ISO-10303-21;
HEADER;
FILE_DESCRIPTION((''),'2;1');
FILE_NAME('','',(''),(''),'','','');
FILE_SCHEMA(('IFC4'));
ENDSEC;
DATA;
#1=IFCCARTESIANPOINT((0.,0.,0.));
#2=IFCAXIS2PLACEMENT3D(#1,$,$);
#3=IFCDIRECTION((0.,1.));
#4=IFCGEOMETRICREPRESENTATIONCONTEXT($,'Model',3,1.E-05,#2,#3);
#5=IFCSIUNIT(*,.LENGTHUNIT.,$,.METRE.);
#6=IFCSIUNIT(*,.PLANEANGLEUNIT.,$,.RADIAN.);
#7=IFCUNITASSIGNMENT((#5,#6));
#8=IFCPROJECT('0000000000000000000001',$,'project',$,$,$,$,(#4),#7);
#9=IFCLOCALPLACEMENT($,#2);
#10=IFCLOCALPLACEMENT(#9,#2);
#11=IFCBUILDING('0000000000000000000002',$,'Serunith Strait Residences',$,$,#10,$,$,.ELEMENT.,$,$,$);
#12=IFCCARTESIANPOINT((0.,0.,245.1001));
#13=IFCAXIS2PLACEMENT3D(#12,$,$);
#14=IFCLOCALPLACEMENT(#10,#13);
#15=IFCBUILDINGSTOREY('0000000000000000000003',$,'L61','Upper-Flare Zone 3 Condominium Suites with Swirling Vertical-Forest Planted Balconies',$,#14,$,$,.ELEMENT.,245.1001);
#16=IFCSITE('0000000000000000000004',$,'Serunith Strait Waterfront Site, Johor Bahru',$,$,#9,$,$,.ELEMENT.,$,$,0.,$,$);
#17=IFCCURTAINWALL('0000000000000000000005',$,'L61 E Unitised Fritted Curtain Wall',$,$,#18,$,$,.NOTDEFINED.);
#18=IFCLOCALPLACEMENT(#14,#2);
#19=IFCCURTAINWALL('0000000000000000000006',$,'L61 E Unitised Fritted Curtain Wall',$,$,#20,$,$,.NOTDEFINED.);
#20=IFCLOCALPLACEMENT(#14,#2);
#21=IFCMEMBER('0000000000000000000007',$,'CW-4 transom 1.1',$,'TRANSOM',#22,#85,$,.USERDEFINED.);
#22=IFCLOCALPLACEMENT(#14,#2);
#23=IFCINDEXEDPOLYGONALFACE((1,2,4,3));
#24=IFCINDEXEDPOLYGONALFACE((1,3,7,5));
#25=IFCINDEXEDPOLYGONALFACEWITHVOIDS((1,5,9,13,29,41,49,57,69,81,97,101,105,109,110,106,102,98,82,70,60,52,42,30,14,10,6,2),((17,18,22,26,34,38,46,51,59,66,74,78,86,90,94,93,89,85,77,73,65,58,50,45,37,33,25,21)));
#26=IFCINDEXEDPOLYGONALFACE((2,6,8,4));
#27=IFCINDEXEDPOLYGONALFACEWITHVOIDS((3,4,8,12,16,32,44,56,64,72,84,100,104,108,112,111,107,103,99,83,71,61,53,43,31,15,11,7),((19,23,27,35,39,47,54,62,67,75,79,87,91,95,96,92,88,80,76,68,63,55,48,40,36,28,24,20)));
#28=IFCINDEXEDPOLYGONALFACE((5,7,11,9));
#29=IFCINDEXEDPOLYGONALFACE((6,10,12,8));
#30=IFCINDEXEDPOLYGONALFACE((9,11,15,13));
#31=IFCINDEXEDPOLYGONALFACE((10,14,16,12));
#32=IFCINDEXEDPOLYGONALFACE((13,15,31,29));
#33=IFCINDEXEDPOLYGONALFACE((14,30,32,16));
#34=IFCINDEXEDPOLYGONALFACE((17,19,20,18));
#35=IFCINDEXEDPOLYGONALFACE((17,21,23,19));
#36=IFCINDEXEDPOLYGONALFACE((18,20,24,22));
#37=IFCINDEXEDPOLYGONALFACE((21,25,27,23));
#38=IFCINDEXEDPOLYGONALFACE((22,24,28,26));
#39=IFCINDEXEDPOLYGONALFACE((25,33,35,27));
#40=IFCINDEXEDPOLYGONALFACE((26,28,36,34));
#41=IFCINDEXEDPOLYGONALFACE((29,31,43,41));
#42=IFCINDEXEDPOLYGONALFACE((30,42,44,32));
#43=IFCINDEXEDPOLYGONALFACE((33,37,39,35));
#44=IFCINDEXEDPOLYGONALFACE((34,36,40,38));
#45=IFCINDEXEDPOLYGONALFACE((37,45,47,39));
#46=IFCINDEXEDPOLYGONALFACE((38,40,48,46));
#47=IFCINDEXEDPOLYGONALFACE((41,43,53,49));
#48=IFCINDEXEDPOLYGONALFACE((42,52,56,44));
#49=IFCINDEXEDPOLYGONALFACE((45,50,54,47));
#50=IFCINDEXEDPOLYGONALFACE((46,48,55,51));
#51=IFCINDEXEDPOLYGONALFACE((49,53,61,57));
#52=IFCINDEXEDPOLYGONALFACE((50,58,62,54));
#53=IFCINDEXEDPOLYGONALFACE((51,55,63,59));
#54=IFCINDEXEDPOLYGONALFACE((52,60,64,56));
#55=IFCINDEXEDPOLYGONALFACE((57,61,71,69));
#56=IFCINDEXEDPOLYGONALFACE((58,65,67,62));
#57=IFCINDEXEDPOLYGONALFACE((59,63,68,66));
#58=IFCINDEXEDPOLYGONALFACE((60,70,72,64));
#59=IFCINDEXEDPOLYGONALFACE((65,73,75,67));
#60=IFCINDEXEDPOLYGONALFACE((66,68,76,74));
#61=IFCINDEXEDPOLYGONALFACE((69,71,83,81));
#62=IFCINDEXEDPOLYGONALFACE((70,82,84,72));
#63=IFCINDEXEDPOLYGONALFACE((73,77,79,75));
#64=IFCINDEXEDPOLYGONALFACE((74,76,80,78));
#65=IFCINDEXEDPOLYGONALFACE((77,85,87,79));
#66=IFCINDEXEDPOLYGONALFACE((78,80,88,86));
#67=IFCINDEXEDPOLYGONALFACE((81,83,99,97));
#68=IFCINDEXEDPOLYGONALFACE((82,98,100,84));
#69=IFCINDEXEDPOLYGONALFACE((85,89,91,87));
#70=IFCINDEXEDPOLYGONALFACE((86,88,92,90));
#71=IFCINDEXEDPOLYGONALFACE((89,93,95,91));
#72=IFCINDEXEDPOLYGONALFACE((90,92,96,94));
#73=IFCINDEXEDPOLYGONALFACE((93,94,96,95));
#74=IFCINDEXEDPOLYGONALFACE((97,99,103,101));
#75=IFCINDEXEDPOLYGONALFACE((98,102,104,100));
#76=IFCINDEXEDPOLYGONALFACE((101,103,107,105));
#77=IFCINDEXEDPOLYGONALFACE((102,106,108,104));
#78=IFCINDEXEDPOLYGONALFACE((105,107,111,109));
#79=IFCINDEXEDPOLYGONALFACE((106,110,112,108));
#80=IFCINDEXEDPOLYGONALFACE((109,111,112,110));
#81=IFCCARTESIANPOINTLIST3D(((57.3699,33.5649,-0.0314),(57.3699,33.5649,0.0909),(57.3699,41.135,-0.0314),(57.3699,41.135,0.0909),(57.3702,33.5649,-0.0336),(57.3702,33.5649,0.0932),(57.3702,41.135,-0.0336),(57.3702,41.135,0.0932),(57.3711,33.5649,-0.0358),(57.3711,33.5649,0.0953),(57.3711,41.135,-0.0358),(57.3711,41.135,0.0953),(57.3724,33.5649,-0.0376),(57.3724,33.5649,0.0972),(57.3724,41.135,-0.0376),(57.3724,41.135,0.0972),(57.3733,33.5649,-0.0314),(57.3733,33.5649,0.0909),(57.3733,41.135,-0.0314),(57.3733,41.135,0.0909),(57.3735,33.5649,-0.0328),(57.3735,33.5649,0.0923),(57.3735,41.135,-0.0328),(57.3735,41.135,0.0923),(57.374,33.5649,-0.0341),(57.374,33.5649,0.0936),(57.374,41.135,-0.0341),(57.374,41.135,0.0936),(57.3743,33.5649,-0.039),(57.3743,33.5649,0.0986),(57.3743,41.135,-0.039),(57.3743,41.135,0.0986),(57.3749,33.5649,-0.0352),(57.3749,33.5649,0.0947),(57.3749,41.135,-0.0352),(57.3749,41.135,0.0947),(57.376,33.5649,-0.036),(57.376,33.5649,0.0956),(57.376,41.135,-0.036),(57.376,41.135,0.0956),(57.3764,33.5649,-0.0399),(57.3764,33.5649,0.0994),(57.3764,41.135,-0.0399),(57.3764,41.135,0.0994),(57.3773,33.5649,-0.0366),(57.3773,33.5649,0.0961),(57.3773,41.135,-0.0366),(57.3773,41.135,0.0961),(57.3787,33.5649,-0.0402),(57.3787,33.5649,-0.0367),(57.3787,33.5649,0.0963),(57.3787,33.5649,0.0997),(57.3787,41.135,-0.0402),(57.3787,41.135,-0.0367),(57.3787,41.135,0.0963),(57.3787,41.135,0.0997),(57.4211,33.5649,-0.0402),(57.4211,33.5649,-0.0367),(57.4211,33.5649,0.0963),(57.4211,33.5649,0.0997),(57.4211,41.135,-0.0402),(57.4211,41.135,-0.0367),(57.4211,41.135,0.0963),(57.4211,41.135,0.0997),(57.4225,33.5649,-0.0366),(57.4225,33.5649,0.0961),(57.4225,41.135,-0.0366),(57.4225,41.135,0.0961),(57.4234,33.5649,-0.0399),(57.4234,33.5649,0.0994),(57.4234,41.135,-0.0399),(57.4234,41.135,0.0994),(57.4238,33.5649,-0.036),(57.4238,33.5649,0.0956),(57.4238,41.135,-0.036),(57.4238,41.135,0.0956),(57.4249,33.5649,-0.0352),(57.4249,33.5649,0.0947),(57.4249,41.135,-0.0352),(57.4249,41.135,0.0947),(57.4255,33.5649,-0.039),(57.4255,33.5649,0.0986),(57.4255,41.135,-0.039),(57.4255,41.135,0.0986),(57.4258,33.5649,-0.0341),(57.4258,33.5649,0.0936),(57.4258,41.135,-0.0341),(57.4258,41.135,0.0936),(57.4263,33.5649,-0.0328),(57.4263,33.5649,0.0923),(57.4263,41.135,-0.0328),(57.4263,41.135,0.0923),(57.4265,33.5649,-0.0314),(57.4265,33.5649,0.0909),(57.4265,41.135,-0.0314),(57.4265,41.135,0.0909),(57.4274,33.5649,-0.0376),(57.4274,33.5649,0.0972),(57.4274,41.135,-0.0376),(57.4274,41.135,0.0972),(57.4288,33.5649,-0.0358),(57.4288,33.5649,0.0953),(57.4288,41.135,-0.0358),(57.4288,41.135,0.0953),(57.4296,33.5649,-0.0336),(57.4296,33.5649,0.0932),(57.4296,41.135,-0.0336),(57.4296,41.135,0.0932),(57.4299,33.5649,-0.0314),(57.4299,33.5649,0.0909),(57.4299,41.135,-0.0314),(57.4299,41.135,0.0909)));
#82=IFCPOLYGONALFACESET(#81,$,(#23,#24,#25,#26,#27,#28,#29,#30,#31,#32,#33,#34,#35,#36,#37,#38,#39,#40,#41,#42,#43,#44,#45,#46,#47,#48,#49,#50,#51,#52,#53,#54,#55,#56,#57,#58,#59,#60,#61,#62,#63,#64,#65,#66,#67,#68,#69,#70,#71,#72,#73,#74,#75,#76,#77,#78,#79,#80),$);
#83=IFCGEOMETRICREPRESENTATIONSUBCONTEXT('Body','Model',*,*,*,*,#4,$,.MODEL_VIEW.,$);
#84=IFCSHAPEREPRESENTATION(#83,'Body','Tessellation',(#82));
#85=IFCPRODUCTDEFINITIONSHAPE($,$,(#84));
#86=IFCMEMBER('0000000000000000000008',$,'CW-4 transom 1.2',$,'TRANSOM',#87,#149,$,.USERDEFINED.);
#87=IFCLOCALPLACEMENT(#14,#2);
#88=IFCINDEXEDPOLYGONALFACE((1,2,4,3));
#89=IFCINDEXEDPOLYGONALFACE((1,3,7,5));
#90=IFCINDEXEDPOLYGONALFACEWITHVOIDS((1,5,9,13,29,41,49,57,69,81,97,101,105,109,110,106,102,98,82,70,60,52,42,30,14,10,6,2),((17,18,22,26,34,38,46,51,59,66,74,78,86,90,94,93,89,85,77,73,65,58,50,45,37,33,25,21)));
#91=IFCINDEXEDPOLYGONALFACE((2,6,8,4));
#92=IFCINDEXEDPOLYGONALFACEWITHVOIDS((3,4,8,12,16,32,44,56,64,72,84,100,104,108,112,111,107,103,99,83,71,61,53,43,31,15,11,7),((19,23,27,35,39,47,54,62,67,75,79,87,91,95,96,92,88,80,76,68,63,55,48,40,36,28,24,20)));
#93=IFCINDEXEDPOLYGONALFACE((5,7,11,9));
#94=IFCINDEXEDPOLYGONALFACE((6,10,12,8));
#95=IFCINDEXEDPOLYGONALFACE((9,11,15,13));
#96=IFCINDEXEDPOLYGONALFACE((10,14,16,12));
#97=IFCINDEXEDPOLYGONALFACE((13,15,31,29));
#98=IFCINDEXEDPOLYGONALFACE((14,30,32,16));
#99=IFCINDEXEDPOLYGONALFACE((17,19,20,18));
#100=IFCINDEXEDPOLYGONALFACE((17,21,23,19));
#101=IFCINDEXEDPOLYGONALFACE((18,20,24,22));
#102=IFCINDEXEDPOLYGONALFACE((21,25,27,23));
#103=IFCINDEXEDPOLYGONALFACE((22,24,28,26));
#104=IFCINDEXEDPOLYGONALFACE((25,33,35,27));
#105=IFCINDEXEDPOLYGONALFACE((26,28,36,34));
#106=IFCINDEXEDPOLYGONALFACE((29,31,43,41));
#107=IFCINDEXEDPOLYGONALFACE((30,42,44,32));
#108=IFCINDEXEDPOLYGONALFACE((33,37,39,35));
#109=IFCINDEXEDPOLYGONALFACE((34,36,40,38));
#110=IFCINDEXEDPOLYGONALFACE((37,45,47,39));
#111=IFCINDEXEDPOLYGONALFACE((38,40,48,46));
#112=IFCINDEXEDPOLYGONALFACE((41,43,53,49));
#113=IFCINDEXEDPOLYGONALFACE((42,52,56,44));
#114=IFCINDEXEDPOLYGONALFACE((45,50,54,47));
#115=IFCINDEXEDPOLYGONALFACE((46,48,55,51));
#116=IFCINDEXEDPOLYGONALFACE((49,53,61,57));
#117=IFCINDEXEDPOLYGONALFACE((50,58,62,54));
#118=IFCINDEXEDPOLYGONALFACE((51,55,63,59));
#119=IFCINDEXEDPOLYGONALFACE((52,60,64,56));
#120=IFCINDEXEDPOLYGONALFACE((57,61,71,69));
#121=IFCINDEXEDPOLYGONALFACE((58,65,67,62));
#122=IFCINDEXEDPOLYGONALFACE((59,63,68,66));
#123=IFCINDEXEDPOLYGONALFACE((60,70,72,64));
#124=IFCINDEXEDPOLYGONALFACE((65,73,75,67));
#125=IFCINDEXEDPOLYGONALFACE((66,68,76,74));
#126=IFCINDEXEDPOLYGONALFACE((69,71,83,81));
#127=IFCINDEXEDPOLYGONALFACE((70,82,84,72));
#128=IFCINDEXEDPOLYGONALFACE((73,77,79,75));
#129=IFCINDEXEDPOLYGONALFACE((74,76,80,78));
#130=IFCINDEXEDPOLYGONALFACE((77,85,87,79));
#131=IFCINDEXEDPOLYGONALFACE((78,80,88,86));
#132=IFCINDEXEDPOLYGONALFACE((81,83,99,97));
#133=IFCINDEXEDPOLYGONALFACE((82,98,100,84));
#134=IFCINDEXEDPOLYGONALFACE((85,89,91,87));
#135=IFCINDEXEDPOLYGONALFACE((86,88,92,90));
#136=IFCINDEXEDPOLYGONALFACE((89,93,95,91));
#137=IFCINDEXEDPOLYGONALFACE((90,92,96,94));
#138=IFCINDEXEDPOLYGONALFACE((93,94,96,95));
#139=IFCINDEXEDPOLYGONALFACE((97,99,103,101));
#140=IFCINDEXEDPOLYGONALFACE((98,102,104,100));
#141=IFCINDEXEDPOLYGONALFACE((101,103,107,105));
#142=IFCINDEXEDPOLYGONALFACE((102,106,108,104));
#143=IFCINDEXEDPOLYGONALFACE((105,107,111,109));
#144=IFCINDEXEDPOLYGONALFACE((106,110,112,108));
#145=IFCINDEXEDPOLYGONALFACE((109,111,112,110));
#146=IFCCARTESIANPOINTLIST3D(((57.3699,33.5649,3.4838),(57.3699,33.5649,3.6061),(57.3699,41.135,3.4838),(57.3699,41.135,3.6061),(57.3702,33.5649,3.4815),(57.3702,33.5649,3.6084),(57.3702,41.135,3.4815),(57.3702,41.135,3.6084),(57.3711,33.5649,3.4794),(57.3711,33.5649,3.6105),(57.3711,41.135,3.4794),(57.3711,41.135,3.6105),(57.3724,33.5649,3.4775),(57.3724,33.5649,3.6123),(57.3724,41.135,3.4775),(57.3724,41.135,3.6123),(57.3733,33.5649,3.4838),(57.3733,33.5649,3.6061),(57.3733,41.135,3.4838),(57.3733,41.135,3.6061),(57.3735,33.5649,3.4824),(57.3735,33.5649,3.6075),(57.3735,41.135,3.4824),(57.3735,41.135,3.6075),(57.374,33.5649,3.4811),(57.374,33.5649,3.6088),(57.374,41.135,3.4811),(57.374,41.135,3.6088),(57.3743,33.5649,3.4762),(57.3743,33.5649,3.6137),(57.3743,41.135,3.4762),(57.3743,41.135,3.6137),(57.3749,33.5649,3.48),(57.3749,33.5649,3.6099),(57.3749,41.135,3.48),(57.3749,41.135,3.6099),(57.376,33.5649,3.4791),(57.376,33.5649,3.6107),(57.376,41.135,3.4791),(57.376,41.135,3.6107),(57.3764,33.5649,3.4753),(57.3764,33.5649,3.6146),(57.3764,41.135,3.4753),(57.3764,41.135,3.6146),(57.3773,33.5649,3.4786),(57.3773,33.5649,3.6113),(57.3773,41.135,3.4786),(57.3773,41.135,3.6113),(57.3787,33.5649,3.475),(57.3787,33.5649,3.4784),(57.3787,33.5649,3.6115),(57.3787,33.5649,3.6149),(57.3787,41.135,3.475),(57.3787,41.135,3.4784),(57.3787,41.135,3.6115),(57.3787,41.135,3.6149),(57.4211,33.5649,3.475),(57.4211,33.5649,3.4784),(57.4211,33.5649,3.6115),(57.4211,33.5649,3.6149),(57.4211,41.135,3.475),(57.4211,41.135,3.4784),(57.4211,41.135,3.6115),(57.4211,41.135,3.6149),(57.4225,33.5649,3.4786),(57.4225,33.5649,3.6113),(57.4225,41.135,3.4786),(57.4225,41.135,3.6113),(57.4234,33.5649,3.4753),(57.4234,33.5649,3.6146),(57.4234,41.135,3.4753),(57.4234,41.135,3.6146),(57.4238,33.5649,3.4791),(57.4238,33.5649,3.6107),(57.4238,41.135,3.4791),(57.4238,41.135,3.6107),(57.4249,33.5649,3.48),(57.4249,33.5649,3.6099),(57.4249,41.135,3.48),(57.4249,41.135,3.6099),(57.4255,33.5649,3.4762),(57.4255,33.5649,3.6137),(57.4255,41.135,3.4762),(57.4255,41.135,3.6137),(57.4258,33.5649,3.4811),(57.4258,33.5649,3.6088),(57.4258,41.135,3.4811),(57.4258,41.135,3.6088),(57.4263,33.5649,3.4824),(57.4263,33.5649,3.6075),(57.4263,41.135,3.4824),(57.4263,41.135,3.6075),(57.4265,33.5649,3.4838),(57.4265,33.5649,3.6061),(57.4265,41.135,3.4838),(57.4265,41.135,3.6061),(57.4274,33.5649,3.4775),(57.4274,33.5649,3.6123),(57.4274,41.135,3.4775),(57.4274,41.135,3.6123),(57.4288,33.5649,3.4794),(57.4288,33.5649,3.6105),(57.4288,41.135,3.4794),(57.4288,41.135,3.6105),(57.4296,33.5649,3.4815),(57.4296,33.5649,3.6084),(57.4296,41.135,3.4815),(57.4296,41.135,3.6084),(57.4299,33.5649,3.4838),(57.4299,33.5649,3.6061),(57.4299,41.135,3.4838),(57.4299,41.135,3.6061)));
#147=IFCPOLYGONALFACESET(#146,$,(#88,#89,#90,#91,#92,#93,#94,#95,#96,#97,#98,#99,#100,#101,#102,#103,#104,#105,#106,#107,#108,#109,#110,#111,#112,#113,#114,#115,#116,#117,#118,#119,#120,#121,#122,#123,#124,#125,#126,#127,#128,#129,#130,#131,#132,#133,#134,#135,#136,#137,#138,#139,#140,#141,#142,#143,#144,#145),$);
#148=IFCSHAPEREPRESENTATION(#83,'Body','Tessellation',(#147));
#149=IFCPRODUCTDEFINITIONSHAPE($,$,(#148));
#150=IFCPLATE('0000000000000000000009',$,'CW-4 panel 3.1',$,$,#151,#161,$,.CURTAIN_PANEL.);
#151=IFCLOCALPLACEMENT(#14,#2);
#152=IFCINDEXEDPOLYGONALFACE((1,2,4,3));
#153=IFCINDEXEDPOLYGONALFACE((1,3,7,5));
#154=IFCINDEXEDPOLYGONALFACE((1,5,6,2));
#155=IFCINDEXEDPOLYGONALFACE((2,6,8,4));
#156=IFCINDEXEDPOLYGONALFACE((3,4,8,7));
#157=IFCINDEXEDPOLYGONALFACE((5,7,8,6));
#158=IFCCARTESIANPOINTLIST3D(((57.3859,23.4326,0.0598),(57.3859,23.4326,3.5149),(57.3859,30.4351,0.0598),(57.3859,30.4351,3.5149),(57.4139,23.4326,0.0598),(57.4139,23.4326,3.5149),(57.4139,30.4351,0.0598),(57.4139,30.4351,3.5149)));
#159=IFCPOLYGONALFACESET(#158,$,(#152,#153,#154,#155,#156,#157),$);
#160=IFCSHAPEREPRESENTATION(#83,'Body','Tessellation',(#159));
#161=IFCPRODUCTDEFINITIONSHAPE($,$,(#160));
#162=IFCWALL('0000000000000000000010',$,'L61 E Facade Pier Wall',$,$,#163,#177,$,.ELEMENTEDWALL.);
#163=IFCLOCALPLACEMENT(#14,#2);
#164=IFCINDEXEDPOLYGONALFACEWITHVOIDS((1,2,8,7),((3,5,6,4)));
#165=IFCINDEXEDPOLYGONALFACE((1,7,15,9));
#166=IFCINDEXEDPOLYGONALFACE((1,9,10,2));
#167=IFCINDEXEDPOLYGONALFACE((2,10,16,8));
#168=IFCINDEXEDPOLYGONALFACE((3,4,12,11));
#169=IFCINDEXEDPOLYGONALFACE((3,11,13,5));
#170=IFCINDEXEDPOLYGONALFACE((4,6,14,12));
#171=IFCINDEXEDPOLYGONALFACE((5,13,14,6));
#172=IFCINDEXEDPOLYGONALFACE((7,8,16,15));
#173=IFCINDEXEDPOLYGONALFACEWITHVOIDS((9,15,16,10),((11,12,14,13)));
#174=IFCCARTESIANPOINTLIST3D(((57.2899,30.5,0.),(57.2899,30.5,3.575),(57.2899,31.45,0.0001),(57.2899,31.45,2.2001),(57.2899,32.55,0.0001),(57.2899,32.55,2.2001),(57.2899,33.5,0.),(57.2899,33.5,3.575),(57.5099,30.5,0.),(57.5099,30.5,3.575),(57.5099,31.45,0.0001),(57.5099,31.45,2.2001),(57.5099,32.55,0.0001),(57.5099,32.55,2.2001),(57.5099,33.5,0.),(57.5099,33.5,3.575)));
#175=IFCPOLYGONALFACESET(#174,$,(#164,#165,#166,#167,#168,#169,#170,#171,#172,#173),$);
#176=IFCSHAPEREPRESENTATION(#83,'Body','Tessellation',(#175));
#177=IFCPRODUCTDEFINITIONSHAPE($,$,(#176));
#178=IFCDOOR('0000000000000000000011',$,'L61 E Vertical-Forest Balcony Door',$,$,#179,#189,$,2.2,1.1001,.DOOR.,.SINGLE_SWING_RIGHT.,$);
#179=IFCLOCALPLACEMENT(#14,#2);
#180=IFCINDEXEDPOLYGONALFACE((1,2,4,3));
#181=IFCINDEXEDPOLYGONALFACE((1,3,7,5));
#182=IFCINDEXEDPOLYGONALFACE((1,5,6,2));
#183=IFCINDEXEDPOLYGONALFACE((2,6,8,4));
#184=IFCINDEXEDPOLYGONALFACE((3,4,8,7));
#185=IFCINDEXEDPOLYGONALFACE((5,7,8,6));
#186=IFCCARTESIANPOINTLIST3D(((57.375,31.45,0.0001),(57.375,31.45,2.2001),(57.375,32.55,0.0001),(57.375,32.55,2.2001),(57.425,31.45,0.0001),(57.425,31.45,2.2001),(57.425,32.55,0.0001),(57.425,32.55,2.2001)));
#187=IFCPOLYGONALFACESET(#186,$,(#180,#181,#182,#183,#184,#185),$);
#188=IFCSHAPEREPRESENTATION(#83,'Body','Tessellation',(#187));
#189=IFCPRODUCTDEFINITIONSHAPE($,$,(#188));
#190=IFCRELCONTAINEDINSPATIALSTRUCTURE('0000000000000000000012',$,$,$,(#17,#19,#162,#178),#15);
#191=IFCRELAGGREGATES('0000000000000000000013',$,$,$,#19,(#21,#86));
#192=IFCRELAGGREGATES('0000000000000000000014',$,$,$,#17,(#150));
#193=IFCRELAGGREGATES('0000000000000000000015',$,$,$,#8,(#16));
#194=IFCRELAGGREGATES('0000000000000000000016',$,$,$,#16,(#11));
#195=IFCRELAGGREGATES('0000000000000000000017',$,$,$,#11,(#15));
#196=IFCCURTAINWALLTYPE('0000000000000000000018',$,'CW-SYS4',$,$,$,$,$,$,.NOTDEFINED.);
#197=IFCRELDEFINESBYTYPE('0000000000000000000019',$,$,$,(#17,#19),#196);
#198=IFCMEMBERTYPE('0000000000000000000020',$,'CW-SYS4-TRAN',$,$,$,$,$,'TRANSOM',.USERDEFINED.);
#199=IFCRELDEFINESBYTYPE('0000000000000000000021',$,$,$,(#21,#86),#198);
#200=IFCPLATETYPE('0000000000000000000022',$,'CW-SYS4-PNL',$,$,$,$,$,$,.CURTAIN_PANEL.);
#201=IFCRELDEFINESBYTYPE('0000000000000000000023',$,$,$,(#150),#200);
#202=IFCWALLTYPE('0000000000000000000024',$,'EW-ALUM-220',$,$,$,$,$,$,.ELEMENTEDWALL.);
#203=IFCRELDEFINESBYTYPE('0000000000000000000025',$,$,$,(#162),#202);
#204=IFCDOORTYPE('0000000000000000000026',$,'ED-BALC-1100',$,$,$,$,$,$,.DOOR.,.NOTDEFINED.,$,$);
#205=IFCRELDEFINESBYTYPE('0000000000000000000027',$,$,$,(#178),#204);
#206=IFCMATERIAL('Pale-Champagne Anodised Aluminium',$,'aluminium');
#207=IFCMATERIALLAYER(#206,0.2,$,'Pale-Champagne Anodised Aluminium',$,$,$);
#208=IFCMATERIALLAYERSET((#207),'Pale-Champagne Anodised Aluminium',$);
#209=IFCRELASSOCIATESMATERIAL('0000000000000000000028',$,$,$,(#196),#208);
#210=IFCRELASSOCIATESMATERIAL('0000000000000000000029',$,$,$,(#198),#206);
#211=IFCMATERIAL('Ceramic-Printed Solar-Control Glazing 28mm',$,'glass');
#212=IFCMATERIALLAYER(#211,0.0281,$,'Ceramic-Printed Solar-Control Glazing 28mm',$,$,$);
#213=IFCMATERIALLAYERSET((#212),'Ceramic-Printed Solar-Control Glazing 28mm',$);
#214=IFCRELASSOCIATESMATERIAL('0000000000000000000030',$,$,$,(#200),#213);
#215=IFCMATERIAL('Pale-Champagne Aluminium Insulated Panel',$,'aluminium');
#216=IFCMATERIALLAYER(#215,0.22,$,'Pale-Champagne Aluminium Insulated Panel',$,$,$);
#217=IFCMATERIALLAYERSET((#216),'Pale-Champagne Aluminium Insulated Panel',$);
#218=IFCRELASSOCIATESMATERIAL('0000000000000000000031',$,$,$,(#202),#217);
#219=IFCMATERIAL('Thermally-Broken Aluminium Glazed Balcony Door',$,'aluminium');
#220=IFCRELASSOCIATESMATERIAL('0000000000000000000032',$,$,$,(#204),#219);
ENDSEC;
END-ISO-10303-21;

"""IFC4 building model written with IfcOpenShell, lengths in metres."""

from ifc_helpers import new_model, si_unit, direction, frame, frame_2d, origin, origin_2d, place, context, subcontext, project, spatial, rectangle, hollow_rectangle, extrude, source, transform, mapped, material, layer, layer_set, material_profile, profile_set, type_object, element, fill, aggregate, save


model = new_model("IFC4")

# Units and contexts
model_context = context("Model", 3, precision=1e-05, world=origin(), true_north=direction((0.0, 1.0)))
body_context = subcontext(model_context, "Body", "Model", "MODEL_VIEW")
ifc_project = project(units=[si_unit("LENGTHUNIT", "METRE"), si_unit("PLANEANGLEUNIT", "RADIAN")], contexts=[model_context])

# Site, building, storey
site_placement = place(None, origin())
site = spatial("IfcSite", under=ifc_project, at=site_placement, Name="Serunith Strait Waterfront Site, Johor Bahru", CompositionType="ELEMENT", RefElevation=0.0)
building_placement = place(site_placement, origin())
building = spatial("IfcBuilding", under=site, at=building_placement, Name="Serunith Strait Residences", CompositionType="ELEMENT")
storey_placement = place(building_placement, frame((0.0, 0.0, 245.1001)))
storey = spatial("IfcBuildingStorey", under=building, at=storey_placement, Name="L61", Description="Upper-Flare Zone 3 Condominium Suites with Swirling Vertical-Forest Planted Balconies", CompositionType="ELEMENT", Elevation=245.1001)

# Curtain wall
ifc_material_1 = material(Name="Pale-Champagne Anodised Aluminium", Category="aluminium")
ifc_layer_1 = layer(ifc_material_1, 0.2, Name="Pale-Champagne Anodised Aluminium")
ifc_layer_set_1 = layer_set([ifc_layer_1], Name="Pale-Champagne Anodised Aluminium")
curtain_wall_type = type_object("IfcCurtainWallType", Name="CW-SYS4", PredefinedType="NOTDEFINED", material=ifc_layer_set_1)
curtain_wall_1_placement = place(storey_placement, origin())
curtain_wall_1 = element("IfcCurtainWall", 1, at=curtain_wall_1_placement, inside=storey, type_object=curtain_wall_type, Name="L61 E Unitised Fritted Curtain Wall", PredefinedType="NOTDEFINED")

# Curtain wall, members
curtain_wall_2_placement = place(storey_placement, origin())
curtain_wall_2 = element("IfcCurtainWall", 2, at=curtain_wall_2_placement, inside=storey, type_object=curtain_wall_type, Name="L61 E Unitised Fritted Curtain Wall", PredefinedType="NOTDEFINED")
ifc_material_profile_1 = material_profile(ifc_material_1, hollow_rectangle(XDim=0.0601, YDim=0.1399, WallThickness=0.0034, InnerFilletRadius=0.0054, OuterFilletRadius=0.0088, at=origin_2d()), Name="ALU 140x60x3.5")
ifc_profile_set_1 = profile_set([ifc_material_profile_1], Name="Pale-Champagne Anodised Aluminium")
member_type_1 = type_object("IfcMemberType", Name="CW-SYS4-TRAN", ElementType="TRANSOM", PredefinedType="USERDEFINED", material=ifc_profile_set_1)
shared_shape_1 = source(origin(), body_context, "Body", "SweptSolid", [
    extrude(hollow_rectangle(XDim=0.0601, YDim=0.1399, WallThickness=0.0034, InnerFilletRadius=0.0054, OuterFilletRadius=0.0088, at=origin_2d()), origin(), (0.0, 0.0, 1.0), 7.5701),
])
member_1_placement = place(storey_placement, frame((57.3999, 33.5649, 0.0298), z_axis=(0.0, 1.0, 0.0), x_axis=(-1.0, 0.0, 0.0)))
member_1 = element("IfcMember", 3, at=member_1_placement, type_object=member_type_1, Name="CW-4 transom 1.1", ObjectType="TRANSOM", PredefinedType="USERDEFINED", context=body_context, shape_type="MappedRepresentation", body=[
    mapped(shared_shape_1, transform((0.0, 0.0, 0.0), scale=1.0)),
])
member_2_placement = place(storey_placement, frame((57.3999, 33.5649, 3.5449), z_axis=(0.0, 1.0, 0.0), x_axis=(-1.0, 0.0, 0.0)))
member_2 = element("IfcMember", 4, at=member_2_placement, type_object=member_type_1, Name="CW-4 transom 1.2", ObjectType="TRANSOM", PredefinedType="USERDEFINED", context=body_context, shape_type="MappedRepresentation", body=[
    mapped(shared_shape_1, transform((0.0, 0.0, 0.0), scale=1.0)),
])
aggregate(curtain_wall_2, [member_1, member_2])

# Plate
ifc_material_2 = material(Name="Ceramic-Printed Solar-Control Glazing 28mm", Category="glass")
ifc_layer_2 = layer(ifc_material_2, 0.0281, Name="Ceramic-Printed Solar-Control Glazing 28mm")
ifc_layer_set_2 = layer_set([ifc_layer_2], Name="Ceramic-Printed Solar-Control Glazing 28mm")
plate_type = type_object("IfcPlateType", Name="CW-SYS4-PNL", PredefinedType="CURTAIN_PANEL", material=ifc_layer_set_2)
shared_shape_2 = source(origin(), body_context, "Body", "SweptSolid", [
    extrude(rectangle(XDim=7.0024, YDim=0.0281, at=origin_2d()), origin(), (0.0, 0.0, 1.0), 3.4551),
])
plate_placement = place(storey_placement, frame((57.3999, 26.9338, 0.0598), z_axis=(0.0, 0.0, 1.0), x_axis=(0.0, 1.0, 0.0)))
plate = element("IfcPlate", 5, at=plate_placement, type_object=plate_type, Name="CW-4 panel 3.1", PredefinedType="CURTAIN_PANEL", context=body_context, shape_type="MappedRepresentation", body=[
    mapped(shared_shape_2, transform((0.0, 0.0, 0.0), scale=1.0)),
])
aggregate(curtain_wall_1, [plate])

# Wall, opening, door
ifc_material_3 = material(Name="Pale-Champagne Aluminium Insulated Panel", Category="aluminium")
ifc_layer_3 = layer(ifc_material_3, 0.22, Name="Pale-Champagne Aluminium Insulated Panel")
ifc_layer_set_3 = layer_set([ifc_layer_3], Name="Pale-Champagne Aluminium Insulated Panel")
wall_type_1 = type_object("IfcWallType", Name="EW-ALUM-220", PredefinedType="ELEMENTEDWALL", material=ifc_layer_set_3)
wall_1_placement = place(storey_placement, frame((57.3999, 30.5, 0.0), z_axis=(0.0, 0.0, 1.0), x_axis=(0.0, 1.0, 0.0)))
wall_1 = element("IfcWall", 6, at=wall_1_placement, inside=storey, type_object=wall_type_1, Name="L61 E Facade Pier Wall", PredefinedType="ELEMENTEDWALL", context=body_context, shape_type="SweptSolid", body=[
    extrude(rectangle(XDim=3.0, YDim=0.22, at=frame_2d((1.5, 0.0))), origin(), (0.0, 0.0, 1.0), 3.575),
])
opening_1_placement = place(wall_1_placement, frame((0.95, 0.0, 0.0)))
opening_1 = element("IfcOpeningElement", 7, at=opening_1_placement, cuts=wall_1, PredefinedType="OPENING", context=body_context, shape_type="SweptSolid", body=[
    extrude(rectangle(XDim=1.1001, YDim=2.2, at=frame_2d((0.55, 1.1001))), frame((0.0, 0.1201, 0.0), z_axis=(0.0, -1.0, 0.0), x_axis=(1.0, 0.0, 0.0)), (0.0, 0.0, 1.0), 0.24),
])
ifc_material_4 = material(Name="Thermally-Broken Aluminium Glazed Balcony Door", Category="aluminium")
door_type_1 = type_object("IfcDoorType", Name="ED-BALC-1100", OperationType="NOTDEFINED", PredefinedType="DOOR", material=ifc_material_4)
shared_shape_3 = source(origin(), body_context, "Body", "SweptSolid", [
    extrude(rectangle(XDim=1.1001, YDim=2.2, at=frame_2d((0.55, 1.1001))), frame((0.0, 0.0249, 0.0), z_axis=(0.0, -1.0, 0.0), x_axis=(1.0, 0.0, 0.0)), (0.0, 0.0, 1.0), 0.05),
])
door_1_placement = place(opening_1_placement, origin())
door_1 = element("IfcDoor", 8, at=door_1_placement, inside=storey, type_object=door_type_1, Name="L61 E Vertical-Forest Balcony Door", OperationType="SINGLE_SWING_RIGHT", OverallHeight=2.2, OverallWidth=1.1001, PredefinedType="DOOR", context=body_context, shape_type="MappedRepresentation", body=[
    mapped(shared_shape_3, transform((0.0, 0.0, 0.0), scale=1.0)),
])
fill(opening_1, door_1)

save(model, "model.ifc")
